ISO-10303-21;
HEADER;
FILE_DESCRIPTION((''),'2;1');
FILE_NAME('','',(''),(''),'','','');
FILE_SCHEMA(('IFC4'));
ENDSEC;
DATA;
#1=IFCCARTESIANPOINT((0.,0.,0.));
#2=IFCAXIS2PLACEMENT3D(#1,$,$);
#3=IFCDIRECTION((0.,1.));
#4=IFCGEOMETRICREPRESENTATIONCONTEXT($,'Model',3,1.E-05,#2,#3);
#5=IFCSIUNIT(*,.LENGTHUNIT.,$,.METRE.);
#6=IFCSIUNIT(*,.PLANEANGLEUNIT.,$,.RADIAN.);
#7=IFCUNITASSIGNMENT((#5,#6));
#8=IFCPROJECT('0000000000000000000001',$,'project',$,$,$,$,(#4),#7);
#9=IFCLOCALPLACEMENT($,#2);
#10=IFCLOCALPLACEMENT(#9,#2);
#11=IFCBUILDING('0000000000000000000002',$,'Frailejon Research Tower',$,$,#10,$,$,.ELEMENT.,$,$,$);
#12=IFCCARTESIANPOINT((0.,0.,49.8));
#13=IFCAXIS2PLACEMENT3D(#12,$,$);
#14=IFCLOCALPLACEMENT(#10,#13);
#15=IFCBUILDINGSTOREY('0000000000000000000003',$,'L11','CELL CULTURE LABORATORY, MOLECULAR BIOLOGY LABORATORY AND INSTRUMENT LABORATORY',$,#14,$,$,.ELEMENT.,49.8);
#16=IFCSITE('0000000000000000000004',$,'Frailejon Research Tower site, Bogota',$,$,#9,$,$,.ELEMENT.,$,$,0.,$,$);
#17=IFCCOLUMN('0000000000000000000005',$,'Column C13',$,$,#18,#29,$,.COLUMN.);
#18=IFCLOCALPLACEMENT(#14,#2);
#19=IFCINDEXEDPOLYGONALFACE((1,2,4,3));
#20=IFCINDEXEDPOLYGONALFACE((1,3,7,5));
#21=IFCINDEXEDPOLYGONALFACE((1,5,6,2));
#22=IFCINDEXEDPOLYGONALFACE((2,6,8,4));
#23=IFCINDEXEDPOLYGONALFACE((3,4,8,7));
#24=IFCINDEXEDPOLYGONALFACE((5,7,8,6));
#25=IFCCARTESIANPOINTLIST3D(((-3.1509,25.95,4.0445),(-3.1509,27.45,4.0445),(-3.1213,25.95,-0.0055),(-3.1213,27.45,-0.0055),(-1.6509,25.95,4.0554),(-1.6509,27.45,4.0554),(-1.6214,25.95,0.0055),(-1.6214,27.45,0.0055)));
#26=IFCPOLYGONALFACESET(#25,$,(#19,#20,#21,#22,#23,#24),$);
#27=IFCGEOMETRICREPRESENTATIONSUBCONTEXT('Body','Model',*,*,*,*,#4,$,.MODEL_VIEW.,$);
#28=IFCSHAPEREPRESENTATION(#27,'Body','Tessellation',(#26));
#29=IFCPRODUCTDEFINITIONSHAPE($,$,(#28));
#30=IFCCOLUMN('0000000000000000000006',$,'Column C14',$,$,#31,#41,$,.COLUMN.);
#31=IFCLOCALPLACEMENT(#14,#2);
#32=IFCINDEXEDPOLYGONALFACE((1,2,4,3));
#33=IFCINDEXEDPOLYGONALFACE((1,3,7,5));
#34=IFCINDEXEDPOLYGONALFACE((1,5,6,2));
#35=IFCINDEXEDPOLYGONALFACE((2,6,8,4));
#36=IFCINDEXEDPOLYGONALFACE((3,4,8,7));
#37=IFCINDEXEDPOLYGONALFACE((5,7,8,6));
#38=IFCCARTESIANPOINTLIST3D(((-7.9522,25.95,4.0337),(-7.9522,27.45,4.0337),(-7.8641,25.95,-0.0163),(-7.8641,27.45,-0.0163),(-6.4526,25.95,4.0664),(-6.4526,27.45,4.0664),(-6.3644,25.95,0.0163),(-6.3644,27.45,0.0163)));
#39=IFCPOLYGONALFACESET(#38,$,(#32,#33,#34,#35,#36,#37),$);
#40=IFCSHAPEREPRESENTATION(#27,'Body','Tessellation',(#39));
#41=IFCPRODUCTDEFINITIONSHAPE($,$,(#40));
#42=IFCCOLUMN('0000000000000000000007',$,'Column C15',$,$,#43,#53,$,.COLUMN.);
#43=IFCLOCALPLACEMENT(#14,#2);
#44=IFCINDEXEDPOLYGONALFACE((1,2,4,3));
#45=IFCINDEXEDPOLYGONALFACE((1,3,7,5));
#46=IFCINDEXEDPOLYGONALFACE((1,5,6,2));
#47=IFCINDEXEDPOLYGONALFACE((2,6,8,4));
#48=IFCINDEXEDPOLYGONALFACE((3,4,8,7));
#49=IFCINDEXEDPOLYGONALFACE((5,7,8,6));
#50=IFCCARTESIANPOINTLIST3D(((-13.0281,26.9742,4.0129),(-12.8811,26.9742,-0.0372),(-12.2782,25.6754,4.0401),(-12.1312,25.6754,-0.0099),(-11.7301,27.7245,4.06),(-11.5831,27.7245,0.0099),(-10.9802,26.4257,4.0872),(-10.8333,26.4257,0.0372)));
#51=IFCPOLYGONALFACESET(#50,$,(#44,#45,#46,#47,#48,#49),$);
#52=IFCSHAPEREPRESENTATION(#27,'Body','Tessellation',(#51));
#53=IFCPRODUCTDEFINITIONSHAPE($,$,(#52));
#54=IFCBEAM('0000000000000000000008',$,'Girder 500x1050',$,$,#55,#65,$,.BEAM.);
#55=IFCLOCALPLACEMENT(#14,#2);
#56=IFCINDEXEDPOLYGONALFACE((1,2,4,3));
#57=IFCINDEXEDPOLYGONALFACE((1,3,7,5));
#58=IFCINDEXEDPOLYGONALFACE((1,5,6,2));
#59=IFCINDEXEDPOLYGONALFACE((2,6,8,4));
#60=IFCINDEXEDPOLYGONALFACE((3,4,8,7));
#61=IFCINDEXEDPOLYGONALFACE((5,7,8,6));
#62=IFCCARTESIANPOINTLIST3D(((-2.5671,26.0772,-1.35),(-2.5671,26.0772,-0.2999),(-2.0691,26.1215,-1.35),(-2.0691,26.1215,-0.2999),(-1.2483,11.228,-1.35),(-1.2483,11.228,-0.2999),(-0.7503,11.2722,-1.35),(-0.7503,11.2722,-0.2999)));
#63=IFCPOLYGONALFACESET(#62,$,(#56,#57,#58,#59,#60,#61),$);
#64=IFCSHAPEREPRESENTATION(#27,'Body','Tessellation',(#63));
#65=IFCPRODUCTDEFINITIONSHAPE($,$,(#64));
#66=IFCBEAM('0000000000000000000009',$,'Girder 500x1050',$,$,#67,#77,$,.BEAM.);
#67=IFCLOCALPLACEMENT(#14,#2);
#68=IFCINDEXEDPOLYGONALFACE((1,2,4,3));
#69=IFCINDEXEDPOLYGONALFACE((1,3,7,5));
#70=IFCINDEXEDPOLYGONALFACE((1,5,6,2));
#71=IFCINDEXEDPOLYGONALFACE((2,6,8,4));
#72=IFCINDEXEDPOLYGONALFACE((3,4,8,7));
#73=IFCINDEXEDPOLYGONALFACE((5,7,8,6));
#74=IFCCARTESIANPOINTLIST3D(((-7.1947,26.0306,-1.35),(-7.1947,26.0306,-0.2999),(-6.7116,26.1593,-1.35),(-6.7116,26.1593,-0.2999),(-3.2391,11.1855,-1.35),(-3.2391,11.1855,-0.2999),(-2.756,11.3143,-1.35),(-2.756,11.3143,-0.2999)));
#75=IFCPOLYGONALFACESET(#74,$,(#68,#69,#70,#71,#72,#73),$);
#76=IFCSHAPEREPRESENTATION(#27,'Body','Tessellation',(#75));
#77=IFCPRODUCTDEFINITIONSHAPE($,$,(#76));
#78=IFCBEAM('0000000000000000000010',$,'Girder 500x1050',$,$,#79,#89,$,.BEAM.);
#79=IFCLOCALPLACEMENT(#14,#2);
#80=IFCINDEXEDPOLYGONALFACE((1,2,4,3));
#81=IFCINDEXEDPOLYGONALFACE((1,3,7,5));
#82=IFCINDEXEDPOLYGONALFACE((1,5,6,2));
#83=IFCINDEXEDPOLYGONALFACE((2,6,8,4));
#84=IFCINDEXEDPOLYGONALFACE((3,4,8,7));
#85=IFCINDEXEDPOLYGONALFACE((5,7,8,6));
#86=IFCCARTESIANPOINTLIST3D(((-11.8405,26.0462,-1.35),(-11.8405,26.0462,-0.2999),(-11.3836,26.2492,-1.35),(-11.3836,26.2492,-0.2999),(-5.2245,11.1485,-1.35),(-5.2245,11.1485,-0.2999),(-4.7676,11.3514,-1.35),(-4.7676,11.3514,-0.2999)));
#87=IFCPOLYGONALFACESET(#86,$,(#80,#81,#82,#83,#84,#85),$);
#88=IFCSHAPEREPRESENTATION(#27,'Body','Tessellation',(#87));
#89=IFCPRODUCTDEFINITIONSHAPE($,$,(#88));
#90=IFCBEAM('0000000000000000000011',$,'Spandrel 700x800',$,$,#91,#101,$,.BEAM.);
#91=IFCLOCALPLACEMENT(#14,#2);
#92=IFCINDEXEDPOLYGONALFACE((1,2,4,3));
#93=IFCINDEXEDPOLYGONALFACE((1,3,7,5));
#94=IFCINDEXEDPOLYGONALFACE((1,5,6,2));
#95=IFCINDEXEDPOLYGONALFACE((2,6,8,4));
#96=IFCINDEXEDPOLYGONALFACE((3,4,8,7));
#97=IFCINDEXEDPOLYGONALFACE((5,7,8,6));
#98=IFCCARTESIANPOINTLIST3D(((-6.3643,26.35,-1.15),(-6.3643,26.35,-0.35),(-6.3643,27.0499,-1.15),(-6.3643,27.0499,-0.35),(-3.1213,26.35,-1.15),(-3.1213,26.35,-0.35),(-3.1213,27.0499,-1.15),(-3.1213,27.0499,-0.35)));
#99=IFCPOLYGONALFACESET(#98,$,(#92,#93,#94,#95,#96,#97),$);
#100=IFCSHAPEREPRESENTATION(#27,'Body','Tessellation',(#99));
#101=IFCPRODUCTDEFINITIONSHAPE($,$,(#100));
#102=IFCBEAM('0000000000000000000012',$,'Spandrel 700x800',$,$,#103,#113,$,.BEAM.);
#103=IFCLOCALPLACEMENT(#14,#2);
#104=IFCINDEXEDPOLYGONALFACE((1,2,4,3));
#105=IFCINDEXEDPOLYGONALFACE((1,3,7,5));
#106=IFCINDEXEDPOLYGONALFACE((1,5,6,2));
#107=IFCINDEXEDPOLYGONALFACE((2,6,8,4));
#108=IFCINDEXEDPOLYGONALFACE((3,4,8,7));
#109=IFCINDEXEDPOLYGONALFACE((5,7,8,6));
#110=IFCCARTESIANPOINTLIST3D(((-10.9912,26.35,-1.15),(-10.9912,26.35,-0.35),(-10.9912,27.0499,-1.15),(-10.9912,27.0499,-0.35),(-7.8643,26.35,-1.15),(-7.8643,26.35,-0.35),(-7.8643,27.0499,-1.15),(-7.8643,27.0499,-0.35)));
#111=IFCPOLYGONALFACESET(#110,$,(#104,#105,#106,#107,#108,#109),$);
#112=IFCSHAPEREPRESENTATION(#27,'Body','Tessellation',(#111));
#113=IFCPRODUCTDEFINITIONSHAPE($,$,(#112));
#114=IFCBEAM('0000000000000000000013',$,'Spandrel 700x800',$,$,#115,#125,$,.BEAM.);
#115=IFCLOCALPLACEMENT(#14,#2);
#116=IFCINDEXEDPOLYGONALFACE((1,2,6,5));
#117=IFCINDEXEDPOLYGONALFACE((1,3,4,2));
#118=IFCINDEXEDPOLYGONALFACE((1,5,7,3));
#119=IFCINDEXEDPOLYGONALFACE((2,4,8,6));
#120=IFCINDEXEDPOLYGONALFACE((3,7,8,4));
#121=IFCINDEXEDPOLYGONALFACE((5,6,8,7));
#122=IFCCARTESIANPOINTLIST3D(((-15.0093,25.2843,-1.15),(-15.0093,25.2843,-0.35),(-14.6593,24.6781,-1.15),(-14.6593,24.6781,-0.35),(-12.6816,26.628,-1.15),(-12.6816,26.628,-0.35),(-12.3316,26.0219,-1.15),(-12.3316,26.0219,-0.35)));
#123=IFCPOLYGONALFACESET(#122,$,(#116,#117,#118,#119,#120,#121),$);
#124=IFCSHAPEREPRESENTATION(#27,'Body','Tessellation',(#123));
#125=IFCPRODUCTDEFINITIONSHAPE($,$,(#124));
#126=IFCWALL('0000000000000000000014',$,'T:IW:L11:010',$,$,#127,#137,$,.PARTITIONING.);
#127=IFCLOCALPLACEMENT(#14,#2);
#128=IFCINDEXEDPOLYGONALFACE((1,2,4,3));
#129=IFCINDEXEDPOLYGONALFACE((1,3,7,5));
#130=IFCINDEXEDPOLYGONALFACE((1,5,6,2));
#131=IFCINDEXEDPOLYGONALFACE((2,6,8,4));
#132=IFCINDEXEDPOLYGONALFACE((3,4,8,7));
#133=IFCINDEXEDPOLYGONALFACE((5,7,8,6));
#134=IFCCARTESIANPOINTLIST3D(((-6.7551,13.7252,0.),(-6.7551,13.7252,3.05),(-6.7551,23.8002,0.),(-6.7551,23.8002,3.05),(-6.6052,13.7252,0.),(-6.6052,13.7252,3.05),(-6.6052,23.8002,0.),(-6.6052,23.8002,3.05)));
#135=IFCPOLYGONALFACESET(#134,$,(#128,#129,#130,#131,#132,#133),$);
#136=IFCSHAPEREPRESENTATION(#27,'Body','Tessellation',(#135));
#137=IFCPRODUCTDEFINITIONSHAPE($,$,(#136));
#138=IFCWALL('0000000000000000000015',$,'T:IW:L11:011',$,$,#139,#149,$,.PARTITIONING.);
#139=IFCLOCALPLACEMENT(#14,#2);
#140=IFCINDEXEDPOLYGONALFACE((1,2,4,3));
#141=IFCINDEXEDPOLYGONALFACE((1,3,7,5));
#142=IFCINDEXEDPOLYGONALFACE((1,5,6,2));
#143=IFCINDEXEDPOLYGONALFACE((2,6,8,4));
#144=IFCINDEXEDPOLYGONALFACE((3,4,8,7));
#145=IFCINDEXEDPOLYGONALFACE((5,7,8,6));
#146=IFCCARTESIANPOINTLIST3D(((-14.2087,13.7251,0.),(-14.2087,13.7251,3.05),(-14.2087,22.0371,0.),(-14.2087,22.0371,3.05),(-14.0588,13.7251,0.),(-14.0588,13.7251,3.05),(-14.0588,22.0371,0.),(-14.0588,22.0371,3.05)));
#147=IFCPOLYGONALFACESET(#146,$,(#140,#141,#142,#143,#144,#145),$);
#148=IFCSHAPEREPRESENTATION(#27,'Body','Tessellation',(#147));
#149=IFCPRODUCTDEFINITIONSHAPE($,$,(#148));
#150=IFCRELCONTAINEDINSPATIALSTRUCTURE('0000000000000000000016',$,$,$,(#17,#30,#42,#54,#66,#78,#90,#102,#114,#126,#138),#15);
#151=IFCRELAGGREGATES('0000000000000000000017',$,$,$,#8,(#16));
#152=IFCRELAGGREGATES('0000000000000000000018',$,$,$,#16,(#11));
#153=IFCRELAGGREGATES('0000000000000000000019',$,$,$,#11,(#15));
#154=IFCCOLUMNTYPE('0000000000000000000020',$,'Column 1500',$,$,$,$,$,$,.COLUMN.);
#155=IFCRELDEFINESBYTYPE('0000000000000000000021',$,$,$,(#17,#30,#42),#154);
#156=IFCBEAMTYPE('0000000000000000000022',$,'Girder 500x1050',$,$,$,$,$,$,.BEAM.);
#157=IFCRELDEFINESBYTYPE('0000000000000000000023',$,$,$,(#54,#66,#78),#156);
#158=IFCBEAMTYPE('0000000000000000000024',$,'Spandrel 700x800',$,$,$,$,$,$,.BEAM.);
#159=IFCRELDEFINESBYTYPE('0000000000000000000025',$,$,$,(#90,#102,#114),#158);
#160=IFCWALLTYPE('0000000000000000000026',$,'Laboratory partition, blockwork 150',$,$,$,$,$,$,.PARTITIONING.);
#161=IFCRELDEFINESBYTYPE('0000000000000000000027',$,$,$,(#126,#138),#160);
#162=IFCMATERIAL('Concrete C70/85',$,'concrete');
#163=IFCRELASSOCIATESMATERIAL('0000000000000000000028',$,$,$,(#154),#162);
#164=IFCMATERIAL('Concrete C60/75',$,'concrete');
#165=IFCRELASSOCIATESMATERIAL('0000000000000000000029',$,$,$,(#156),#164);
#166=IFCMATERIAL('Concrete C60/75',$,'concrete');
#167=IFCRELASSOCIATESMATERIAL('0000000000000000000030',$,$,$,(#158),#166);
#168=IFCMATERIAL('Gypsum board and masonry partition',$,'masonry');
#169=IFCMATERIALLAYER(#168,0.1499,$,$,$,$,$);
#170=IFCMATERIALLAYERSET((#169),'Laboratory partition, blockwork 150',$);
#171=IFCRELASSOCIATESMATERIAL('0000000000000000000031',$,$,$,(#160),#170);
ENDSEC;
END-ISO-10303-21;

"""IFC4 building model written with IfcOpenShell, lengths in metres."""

from ifc_helpers import new_model, si_unit, direction, frame, frame_2d, origin, origin_2d, place, context, subcontext, project, spatial, rectangle, extrude, material, layer, layer_set, material_profile, profile_set, type_object, element, save


model = new_model("IFC4")

# Units and contexts
model_context = context("Model", 3, precision=1e-05, world=origin(), true_north=direction((0.0, 1.0)))
body_context = subcontext(model_context, "Body", "Model", "MODEL_VIEW")
ifc_project = project(units=[si_unit("LENGTHUNIT", "METRE"), si_unit("PLANEANGLEUNIT", "RADIAN")], contexts=[model_context])

# Site, building, storey
site_placement = place(None, origin())
site = spatial("IfcSite", under=ifc_project, at=site_placement, Name="Frailejon Research Tower site, Bogota", CompositionType="ELEMENT", RefElevation=0.0)
building_placement = place(site_placement, origin())
building = spatial("IfcBuilding", under=site, at=building_placement, Name="Frailejon Research Tower", CompositionType="ELEMENT")
storey_placement = place(building_placement, frame((0.0, 0.0, 49.8)))
storey = spatial("IfcBuildingStorey", under=building, at=storey_placement, Name="L11", Description="CELL CULTURE LABORATORY, MOLECULAR BIOLOGY LABORATORY AND INSTRUMENT LABORATORY", CompositionType="ELEMENT", Elevation=49.8)

# Columns
ifc_material_1 = material(Name="Concrete C70/85", Category="concrete")
ifc_material_profile_1 = material_profile(ifc_material_1, rectangle(XDim=1.5, YDim=1.5, at=origin_2d()), Name="Column 1500")
ifc_profile_set_1 = profile_set([ifc_material_profile_1], Name="Concrete C70/85")
column_type = type_object("IfcColumnType", Name="Column 1500", PredefinedType="COLUMN", material=ifc_profile_set_1)
column_1_placement = place(storey_placement, frame((-2.3713, 26.7, 0.0), z_axis=(-0.007294, 0.0, 0.999973), x_axis=(-0.999973, 0.0, -0.007294)))
element("IfcColumn", 1, at=column_1_placement, inside=storey, type_object=column_type, Name="Column C13", PredefinedType="COLUMN", context=body_context, shape_type="SweptSolid", body=[
    extrude(rectangle(XDim=1.5, YDim=1.5, at=origin_2d()), origin(), (0.0, 0.0, 1.0), 4.05),
])
column_2_placement = place(storey_placement, frame((-7.1143, 26.7, 0.0), z_axis=(-0.021756, 0.0, 0.999763), x_axis=(-0.999763, 0.0, -0.021756)))
element("IfcColumn", 2, at=column_2_placement, inside=storey, type_object=column_type, Name="Column C14", PredefinedType="COLUMN", context=body_context, shape_type="SweptSolid", body=[
    extrude(rectangle(XDim=1.5, YDim=1.5, at=origin_2d()), origin(), (0.0, 0.0, 1.0), 4.051),
])
column_3_placement = place(storey_placement, frame((-11.8572, 26.7, 0.0), z_axis=(-0.036265, 0.0, 0.999342), x_axis=(-0.865314, -0.500246, -0.031401)))
element("IfcColumn", 3, at=column_3_placement, inside=storey, type_object=column_type, Name="Column C15", PredefinedType="COLUMN", context=body_context, shape_type="SweptSolid", body=[
    extrude(rectangle(XDim=1.5, YDim=1.5, at=origin_2d()), origin(), (0.0, 0.0, 1.0), 4.0527),
])

# Beams
ifc_material_2 = material(Name="Concrete C60/75", Category="concrete")
ifc_material_profile_2 = material_profile(ifc_material_2, rectangle(XDim=0.5, YDim=1.05, at=origin_2d()), Name="Girder 500x1050")
ifc_profile_set_2 = profile_set([ifc_material_profile_2], Name="Concrete C60/75")
beam_type_1 = type_object("IfcBeamType", Name="Girder 500x1050", PredefinedType="BEAM", material=ifc_profile_set_2)
beam_1_placement = place(storey_placement, frame((-2.3181, 26.0994, -0.825), z_axis=(0.088467, -0.996079, 0.0), x_axis=(0.996079, 0.088467, 0.0)))
element("IfcBeam", 4, at=beam_1_placement, inside=storey, type_object=beam_type_1, Name="Girder 500x1050", PredefinedType="BEAM", context=body_context, shape_type="SweptSolid", body=[
    extrude(rectangle(XDim=0.5, YDim=1.05, at=origin_2d()), origin(), (0.0, 0.0, 1.0), 14.9077),
])
beam_2_placement = place(storey_placement, frame((-6.9531, 26.095, -0.825), z_axis=(0.257475, -0.966285, 0.0), x_axis=(0.966285, 0.257475, 0.0)))
element("IfcBeam", 5, at=beam_2_placement, inside=storey, type_object=beam_type_1, Name="Girder 500x1050", PredefinedType="BEAM", context=body_context, shape_type="SweptSolid", body=[
    extrude(rectangle(XDim=0.5, YDim=1.05, at=origin_2d()), origin(), (0.0, 0.0, 1.0), 15.363),
])
beam_3_placement = place(storey_placement, frame((-11.6121, 26.1477, -0.825), z_axis=(0.40587, -0.913931, 0.0), x_axis=(0.913931, 0.40587, 0.0)))
element("IfcBeam", 6, at=beam_3_placement, inside=storey, type_object=beam_type_1, Name="Girder 500x1050", PredefinedType="BEAM", context=body_context, shape_type="SweptSolid", body=[
    extrude(rectangle(XDim=0.5, YDim=1.05, at=origin_2d()), origin(), (0.0, 0.0, 1.0), 16.3008),
])
ifc_material_3 = material(Name="Concrete C60/75", Category="concrete")
ifc_material_profile_3 = material_profile(ifc_material_3, rectangle(XDim=0.7, YDim=0.8, at=origin_2d()), Name="Spandrel 700x800")
ifc_profile_set_3 = profile_set([ifc_material_profile_3], Name="Concrete C60/75")
beam_type_2 = type_object("IfcBeamType", Name="Spandrel 700x800", PredefinedType="BEAM", material=ifc_profile_set_3)
beam_4_placement = place(storey_placement, frame((-3.1213, 26.7, -0.75), z_axis=(-1.0, 0.0, 0.0), x_axis=(0.0, -1.0, 0.0)))
element("IfcBeam", 7, at=beam_4_placement, inside=storey, type_object=beam_type_2, Name="Spandrel 700x800", PredefinedType="BEAM", context=body_context, shape_type="SweptSolid", body=[
    extrude(rectangle(XDim=0.7, YDim=0.8, at=origin_2d()), origin(), (0.0, 0.0, 1.0), 3.2429),
])
beam_5_placement = place(storey_placement, frame((-7.8643, 26.7, -0.75), z_axis=(-1.0, 0.0, 0.0), x_axis=(0.0, -1.0, 0.0)))
element("IfcBeam", 8, at=beam_5_placement, inside=storey, type_object=beam_type_2, Name="Spandrel 700x800", PredefinedType="BEAM", context=body_context, shape_type="SweptSolid", body=[
    extrude(rectangle(XDim=0.7, YDim=0.8, at=origin_2d()), origin(), (0.0, 0.0, 1.0), 3.127),
])
beam_6_placement = place(storey_placement, frame((-12.5066, 26.325, -0.75), z_axis=(-0.866043, -0.499969, 0.0), x_axis=(0.499969, -0.866043, 0.0)))
element("IfcBeam", 9, at=beam_6_placement, inside=storey, type_object=beam_type_2, Name="Spandrel 700x800", PredefinedType="BEAM", context=body_context, shape_type="SweptSolid", body=[
    extrude(rectangle(XDim=0.7, YDim=0.8, at=origin_2d()), origin(), (0.0, 0.0, 1.0), 2.6877),
])

# Walls
ifc_material_4 = material(Name="Gypsum board and masonry partition", Category="masonry")
ifc_layer_1 = layer(ifc_material_4, 0.1499)
ifc_layer_set_1 = layer_set([ifc_layer_1], Name="Laboratory partition, blockwork 150")
wall_type_1 = type_object("IfcWallType", Name="Laboratory partition, blockwork 150", PredefinedType="PARTITIONING", material=ifc_layer_set_1)
wall_1_placement = place(storey_placement, frame((-6.6802, 13.7251, 0.0), z_axis=(0.0, 0.0, 1.0), x_axis=(0.0, 1.0, 0.0)))
element("IfcWall", 10, at=wall_1_placement, inside=storey, type_object=wall_type_1, Name="T:IW:L11:010", PredefinedType="PARTITIONING", context=body_context, shape_type="SweptSolid", body=[
    extrude(rectangle(XDim=10.075, YDim=0.1499, at=frame_2d((5.0376, 0.0))), origin(), (0.0, 0.0, 1.0), 3.05),
])
wall_2_placement = place(storey_placement, frame((-14.1338, 13.7251, 0.0), z_axis=(0.0, 0.0, 1.0), x_axis=(0.0, 1.0, 0.0)))
element("IfcWall", 11, at=wall_2_placement, inside=storey, type_object=wall_type_1, Name="T:IW:L11:011", PredefinedType="PARTITIONING", context=body_context, shape_type="SweptSolid", body=[
    extrude(rectangle(XDim=8.312, YDim=0.1499, at=frame_2d((4.156, 0.0))), origin(), (0.0, 0.0, 1.0), 3.05),
])

save(model, "model.ifc")
